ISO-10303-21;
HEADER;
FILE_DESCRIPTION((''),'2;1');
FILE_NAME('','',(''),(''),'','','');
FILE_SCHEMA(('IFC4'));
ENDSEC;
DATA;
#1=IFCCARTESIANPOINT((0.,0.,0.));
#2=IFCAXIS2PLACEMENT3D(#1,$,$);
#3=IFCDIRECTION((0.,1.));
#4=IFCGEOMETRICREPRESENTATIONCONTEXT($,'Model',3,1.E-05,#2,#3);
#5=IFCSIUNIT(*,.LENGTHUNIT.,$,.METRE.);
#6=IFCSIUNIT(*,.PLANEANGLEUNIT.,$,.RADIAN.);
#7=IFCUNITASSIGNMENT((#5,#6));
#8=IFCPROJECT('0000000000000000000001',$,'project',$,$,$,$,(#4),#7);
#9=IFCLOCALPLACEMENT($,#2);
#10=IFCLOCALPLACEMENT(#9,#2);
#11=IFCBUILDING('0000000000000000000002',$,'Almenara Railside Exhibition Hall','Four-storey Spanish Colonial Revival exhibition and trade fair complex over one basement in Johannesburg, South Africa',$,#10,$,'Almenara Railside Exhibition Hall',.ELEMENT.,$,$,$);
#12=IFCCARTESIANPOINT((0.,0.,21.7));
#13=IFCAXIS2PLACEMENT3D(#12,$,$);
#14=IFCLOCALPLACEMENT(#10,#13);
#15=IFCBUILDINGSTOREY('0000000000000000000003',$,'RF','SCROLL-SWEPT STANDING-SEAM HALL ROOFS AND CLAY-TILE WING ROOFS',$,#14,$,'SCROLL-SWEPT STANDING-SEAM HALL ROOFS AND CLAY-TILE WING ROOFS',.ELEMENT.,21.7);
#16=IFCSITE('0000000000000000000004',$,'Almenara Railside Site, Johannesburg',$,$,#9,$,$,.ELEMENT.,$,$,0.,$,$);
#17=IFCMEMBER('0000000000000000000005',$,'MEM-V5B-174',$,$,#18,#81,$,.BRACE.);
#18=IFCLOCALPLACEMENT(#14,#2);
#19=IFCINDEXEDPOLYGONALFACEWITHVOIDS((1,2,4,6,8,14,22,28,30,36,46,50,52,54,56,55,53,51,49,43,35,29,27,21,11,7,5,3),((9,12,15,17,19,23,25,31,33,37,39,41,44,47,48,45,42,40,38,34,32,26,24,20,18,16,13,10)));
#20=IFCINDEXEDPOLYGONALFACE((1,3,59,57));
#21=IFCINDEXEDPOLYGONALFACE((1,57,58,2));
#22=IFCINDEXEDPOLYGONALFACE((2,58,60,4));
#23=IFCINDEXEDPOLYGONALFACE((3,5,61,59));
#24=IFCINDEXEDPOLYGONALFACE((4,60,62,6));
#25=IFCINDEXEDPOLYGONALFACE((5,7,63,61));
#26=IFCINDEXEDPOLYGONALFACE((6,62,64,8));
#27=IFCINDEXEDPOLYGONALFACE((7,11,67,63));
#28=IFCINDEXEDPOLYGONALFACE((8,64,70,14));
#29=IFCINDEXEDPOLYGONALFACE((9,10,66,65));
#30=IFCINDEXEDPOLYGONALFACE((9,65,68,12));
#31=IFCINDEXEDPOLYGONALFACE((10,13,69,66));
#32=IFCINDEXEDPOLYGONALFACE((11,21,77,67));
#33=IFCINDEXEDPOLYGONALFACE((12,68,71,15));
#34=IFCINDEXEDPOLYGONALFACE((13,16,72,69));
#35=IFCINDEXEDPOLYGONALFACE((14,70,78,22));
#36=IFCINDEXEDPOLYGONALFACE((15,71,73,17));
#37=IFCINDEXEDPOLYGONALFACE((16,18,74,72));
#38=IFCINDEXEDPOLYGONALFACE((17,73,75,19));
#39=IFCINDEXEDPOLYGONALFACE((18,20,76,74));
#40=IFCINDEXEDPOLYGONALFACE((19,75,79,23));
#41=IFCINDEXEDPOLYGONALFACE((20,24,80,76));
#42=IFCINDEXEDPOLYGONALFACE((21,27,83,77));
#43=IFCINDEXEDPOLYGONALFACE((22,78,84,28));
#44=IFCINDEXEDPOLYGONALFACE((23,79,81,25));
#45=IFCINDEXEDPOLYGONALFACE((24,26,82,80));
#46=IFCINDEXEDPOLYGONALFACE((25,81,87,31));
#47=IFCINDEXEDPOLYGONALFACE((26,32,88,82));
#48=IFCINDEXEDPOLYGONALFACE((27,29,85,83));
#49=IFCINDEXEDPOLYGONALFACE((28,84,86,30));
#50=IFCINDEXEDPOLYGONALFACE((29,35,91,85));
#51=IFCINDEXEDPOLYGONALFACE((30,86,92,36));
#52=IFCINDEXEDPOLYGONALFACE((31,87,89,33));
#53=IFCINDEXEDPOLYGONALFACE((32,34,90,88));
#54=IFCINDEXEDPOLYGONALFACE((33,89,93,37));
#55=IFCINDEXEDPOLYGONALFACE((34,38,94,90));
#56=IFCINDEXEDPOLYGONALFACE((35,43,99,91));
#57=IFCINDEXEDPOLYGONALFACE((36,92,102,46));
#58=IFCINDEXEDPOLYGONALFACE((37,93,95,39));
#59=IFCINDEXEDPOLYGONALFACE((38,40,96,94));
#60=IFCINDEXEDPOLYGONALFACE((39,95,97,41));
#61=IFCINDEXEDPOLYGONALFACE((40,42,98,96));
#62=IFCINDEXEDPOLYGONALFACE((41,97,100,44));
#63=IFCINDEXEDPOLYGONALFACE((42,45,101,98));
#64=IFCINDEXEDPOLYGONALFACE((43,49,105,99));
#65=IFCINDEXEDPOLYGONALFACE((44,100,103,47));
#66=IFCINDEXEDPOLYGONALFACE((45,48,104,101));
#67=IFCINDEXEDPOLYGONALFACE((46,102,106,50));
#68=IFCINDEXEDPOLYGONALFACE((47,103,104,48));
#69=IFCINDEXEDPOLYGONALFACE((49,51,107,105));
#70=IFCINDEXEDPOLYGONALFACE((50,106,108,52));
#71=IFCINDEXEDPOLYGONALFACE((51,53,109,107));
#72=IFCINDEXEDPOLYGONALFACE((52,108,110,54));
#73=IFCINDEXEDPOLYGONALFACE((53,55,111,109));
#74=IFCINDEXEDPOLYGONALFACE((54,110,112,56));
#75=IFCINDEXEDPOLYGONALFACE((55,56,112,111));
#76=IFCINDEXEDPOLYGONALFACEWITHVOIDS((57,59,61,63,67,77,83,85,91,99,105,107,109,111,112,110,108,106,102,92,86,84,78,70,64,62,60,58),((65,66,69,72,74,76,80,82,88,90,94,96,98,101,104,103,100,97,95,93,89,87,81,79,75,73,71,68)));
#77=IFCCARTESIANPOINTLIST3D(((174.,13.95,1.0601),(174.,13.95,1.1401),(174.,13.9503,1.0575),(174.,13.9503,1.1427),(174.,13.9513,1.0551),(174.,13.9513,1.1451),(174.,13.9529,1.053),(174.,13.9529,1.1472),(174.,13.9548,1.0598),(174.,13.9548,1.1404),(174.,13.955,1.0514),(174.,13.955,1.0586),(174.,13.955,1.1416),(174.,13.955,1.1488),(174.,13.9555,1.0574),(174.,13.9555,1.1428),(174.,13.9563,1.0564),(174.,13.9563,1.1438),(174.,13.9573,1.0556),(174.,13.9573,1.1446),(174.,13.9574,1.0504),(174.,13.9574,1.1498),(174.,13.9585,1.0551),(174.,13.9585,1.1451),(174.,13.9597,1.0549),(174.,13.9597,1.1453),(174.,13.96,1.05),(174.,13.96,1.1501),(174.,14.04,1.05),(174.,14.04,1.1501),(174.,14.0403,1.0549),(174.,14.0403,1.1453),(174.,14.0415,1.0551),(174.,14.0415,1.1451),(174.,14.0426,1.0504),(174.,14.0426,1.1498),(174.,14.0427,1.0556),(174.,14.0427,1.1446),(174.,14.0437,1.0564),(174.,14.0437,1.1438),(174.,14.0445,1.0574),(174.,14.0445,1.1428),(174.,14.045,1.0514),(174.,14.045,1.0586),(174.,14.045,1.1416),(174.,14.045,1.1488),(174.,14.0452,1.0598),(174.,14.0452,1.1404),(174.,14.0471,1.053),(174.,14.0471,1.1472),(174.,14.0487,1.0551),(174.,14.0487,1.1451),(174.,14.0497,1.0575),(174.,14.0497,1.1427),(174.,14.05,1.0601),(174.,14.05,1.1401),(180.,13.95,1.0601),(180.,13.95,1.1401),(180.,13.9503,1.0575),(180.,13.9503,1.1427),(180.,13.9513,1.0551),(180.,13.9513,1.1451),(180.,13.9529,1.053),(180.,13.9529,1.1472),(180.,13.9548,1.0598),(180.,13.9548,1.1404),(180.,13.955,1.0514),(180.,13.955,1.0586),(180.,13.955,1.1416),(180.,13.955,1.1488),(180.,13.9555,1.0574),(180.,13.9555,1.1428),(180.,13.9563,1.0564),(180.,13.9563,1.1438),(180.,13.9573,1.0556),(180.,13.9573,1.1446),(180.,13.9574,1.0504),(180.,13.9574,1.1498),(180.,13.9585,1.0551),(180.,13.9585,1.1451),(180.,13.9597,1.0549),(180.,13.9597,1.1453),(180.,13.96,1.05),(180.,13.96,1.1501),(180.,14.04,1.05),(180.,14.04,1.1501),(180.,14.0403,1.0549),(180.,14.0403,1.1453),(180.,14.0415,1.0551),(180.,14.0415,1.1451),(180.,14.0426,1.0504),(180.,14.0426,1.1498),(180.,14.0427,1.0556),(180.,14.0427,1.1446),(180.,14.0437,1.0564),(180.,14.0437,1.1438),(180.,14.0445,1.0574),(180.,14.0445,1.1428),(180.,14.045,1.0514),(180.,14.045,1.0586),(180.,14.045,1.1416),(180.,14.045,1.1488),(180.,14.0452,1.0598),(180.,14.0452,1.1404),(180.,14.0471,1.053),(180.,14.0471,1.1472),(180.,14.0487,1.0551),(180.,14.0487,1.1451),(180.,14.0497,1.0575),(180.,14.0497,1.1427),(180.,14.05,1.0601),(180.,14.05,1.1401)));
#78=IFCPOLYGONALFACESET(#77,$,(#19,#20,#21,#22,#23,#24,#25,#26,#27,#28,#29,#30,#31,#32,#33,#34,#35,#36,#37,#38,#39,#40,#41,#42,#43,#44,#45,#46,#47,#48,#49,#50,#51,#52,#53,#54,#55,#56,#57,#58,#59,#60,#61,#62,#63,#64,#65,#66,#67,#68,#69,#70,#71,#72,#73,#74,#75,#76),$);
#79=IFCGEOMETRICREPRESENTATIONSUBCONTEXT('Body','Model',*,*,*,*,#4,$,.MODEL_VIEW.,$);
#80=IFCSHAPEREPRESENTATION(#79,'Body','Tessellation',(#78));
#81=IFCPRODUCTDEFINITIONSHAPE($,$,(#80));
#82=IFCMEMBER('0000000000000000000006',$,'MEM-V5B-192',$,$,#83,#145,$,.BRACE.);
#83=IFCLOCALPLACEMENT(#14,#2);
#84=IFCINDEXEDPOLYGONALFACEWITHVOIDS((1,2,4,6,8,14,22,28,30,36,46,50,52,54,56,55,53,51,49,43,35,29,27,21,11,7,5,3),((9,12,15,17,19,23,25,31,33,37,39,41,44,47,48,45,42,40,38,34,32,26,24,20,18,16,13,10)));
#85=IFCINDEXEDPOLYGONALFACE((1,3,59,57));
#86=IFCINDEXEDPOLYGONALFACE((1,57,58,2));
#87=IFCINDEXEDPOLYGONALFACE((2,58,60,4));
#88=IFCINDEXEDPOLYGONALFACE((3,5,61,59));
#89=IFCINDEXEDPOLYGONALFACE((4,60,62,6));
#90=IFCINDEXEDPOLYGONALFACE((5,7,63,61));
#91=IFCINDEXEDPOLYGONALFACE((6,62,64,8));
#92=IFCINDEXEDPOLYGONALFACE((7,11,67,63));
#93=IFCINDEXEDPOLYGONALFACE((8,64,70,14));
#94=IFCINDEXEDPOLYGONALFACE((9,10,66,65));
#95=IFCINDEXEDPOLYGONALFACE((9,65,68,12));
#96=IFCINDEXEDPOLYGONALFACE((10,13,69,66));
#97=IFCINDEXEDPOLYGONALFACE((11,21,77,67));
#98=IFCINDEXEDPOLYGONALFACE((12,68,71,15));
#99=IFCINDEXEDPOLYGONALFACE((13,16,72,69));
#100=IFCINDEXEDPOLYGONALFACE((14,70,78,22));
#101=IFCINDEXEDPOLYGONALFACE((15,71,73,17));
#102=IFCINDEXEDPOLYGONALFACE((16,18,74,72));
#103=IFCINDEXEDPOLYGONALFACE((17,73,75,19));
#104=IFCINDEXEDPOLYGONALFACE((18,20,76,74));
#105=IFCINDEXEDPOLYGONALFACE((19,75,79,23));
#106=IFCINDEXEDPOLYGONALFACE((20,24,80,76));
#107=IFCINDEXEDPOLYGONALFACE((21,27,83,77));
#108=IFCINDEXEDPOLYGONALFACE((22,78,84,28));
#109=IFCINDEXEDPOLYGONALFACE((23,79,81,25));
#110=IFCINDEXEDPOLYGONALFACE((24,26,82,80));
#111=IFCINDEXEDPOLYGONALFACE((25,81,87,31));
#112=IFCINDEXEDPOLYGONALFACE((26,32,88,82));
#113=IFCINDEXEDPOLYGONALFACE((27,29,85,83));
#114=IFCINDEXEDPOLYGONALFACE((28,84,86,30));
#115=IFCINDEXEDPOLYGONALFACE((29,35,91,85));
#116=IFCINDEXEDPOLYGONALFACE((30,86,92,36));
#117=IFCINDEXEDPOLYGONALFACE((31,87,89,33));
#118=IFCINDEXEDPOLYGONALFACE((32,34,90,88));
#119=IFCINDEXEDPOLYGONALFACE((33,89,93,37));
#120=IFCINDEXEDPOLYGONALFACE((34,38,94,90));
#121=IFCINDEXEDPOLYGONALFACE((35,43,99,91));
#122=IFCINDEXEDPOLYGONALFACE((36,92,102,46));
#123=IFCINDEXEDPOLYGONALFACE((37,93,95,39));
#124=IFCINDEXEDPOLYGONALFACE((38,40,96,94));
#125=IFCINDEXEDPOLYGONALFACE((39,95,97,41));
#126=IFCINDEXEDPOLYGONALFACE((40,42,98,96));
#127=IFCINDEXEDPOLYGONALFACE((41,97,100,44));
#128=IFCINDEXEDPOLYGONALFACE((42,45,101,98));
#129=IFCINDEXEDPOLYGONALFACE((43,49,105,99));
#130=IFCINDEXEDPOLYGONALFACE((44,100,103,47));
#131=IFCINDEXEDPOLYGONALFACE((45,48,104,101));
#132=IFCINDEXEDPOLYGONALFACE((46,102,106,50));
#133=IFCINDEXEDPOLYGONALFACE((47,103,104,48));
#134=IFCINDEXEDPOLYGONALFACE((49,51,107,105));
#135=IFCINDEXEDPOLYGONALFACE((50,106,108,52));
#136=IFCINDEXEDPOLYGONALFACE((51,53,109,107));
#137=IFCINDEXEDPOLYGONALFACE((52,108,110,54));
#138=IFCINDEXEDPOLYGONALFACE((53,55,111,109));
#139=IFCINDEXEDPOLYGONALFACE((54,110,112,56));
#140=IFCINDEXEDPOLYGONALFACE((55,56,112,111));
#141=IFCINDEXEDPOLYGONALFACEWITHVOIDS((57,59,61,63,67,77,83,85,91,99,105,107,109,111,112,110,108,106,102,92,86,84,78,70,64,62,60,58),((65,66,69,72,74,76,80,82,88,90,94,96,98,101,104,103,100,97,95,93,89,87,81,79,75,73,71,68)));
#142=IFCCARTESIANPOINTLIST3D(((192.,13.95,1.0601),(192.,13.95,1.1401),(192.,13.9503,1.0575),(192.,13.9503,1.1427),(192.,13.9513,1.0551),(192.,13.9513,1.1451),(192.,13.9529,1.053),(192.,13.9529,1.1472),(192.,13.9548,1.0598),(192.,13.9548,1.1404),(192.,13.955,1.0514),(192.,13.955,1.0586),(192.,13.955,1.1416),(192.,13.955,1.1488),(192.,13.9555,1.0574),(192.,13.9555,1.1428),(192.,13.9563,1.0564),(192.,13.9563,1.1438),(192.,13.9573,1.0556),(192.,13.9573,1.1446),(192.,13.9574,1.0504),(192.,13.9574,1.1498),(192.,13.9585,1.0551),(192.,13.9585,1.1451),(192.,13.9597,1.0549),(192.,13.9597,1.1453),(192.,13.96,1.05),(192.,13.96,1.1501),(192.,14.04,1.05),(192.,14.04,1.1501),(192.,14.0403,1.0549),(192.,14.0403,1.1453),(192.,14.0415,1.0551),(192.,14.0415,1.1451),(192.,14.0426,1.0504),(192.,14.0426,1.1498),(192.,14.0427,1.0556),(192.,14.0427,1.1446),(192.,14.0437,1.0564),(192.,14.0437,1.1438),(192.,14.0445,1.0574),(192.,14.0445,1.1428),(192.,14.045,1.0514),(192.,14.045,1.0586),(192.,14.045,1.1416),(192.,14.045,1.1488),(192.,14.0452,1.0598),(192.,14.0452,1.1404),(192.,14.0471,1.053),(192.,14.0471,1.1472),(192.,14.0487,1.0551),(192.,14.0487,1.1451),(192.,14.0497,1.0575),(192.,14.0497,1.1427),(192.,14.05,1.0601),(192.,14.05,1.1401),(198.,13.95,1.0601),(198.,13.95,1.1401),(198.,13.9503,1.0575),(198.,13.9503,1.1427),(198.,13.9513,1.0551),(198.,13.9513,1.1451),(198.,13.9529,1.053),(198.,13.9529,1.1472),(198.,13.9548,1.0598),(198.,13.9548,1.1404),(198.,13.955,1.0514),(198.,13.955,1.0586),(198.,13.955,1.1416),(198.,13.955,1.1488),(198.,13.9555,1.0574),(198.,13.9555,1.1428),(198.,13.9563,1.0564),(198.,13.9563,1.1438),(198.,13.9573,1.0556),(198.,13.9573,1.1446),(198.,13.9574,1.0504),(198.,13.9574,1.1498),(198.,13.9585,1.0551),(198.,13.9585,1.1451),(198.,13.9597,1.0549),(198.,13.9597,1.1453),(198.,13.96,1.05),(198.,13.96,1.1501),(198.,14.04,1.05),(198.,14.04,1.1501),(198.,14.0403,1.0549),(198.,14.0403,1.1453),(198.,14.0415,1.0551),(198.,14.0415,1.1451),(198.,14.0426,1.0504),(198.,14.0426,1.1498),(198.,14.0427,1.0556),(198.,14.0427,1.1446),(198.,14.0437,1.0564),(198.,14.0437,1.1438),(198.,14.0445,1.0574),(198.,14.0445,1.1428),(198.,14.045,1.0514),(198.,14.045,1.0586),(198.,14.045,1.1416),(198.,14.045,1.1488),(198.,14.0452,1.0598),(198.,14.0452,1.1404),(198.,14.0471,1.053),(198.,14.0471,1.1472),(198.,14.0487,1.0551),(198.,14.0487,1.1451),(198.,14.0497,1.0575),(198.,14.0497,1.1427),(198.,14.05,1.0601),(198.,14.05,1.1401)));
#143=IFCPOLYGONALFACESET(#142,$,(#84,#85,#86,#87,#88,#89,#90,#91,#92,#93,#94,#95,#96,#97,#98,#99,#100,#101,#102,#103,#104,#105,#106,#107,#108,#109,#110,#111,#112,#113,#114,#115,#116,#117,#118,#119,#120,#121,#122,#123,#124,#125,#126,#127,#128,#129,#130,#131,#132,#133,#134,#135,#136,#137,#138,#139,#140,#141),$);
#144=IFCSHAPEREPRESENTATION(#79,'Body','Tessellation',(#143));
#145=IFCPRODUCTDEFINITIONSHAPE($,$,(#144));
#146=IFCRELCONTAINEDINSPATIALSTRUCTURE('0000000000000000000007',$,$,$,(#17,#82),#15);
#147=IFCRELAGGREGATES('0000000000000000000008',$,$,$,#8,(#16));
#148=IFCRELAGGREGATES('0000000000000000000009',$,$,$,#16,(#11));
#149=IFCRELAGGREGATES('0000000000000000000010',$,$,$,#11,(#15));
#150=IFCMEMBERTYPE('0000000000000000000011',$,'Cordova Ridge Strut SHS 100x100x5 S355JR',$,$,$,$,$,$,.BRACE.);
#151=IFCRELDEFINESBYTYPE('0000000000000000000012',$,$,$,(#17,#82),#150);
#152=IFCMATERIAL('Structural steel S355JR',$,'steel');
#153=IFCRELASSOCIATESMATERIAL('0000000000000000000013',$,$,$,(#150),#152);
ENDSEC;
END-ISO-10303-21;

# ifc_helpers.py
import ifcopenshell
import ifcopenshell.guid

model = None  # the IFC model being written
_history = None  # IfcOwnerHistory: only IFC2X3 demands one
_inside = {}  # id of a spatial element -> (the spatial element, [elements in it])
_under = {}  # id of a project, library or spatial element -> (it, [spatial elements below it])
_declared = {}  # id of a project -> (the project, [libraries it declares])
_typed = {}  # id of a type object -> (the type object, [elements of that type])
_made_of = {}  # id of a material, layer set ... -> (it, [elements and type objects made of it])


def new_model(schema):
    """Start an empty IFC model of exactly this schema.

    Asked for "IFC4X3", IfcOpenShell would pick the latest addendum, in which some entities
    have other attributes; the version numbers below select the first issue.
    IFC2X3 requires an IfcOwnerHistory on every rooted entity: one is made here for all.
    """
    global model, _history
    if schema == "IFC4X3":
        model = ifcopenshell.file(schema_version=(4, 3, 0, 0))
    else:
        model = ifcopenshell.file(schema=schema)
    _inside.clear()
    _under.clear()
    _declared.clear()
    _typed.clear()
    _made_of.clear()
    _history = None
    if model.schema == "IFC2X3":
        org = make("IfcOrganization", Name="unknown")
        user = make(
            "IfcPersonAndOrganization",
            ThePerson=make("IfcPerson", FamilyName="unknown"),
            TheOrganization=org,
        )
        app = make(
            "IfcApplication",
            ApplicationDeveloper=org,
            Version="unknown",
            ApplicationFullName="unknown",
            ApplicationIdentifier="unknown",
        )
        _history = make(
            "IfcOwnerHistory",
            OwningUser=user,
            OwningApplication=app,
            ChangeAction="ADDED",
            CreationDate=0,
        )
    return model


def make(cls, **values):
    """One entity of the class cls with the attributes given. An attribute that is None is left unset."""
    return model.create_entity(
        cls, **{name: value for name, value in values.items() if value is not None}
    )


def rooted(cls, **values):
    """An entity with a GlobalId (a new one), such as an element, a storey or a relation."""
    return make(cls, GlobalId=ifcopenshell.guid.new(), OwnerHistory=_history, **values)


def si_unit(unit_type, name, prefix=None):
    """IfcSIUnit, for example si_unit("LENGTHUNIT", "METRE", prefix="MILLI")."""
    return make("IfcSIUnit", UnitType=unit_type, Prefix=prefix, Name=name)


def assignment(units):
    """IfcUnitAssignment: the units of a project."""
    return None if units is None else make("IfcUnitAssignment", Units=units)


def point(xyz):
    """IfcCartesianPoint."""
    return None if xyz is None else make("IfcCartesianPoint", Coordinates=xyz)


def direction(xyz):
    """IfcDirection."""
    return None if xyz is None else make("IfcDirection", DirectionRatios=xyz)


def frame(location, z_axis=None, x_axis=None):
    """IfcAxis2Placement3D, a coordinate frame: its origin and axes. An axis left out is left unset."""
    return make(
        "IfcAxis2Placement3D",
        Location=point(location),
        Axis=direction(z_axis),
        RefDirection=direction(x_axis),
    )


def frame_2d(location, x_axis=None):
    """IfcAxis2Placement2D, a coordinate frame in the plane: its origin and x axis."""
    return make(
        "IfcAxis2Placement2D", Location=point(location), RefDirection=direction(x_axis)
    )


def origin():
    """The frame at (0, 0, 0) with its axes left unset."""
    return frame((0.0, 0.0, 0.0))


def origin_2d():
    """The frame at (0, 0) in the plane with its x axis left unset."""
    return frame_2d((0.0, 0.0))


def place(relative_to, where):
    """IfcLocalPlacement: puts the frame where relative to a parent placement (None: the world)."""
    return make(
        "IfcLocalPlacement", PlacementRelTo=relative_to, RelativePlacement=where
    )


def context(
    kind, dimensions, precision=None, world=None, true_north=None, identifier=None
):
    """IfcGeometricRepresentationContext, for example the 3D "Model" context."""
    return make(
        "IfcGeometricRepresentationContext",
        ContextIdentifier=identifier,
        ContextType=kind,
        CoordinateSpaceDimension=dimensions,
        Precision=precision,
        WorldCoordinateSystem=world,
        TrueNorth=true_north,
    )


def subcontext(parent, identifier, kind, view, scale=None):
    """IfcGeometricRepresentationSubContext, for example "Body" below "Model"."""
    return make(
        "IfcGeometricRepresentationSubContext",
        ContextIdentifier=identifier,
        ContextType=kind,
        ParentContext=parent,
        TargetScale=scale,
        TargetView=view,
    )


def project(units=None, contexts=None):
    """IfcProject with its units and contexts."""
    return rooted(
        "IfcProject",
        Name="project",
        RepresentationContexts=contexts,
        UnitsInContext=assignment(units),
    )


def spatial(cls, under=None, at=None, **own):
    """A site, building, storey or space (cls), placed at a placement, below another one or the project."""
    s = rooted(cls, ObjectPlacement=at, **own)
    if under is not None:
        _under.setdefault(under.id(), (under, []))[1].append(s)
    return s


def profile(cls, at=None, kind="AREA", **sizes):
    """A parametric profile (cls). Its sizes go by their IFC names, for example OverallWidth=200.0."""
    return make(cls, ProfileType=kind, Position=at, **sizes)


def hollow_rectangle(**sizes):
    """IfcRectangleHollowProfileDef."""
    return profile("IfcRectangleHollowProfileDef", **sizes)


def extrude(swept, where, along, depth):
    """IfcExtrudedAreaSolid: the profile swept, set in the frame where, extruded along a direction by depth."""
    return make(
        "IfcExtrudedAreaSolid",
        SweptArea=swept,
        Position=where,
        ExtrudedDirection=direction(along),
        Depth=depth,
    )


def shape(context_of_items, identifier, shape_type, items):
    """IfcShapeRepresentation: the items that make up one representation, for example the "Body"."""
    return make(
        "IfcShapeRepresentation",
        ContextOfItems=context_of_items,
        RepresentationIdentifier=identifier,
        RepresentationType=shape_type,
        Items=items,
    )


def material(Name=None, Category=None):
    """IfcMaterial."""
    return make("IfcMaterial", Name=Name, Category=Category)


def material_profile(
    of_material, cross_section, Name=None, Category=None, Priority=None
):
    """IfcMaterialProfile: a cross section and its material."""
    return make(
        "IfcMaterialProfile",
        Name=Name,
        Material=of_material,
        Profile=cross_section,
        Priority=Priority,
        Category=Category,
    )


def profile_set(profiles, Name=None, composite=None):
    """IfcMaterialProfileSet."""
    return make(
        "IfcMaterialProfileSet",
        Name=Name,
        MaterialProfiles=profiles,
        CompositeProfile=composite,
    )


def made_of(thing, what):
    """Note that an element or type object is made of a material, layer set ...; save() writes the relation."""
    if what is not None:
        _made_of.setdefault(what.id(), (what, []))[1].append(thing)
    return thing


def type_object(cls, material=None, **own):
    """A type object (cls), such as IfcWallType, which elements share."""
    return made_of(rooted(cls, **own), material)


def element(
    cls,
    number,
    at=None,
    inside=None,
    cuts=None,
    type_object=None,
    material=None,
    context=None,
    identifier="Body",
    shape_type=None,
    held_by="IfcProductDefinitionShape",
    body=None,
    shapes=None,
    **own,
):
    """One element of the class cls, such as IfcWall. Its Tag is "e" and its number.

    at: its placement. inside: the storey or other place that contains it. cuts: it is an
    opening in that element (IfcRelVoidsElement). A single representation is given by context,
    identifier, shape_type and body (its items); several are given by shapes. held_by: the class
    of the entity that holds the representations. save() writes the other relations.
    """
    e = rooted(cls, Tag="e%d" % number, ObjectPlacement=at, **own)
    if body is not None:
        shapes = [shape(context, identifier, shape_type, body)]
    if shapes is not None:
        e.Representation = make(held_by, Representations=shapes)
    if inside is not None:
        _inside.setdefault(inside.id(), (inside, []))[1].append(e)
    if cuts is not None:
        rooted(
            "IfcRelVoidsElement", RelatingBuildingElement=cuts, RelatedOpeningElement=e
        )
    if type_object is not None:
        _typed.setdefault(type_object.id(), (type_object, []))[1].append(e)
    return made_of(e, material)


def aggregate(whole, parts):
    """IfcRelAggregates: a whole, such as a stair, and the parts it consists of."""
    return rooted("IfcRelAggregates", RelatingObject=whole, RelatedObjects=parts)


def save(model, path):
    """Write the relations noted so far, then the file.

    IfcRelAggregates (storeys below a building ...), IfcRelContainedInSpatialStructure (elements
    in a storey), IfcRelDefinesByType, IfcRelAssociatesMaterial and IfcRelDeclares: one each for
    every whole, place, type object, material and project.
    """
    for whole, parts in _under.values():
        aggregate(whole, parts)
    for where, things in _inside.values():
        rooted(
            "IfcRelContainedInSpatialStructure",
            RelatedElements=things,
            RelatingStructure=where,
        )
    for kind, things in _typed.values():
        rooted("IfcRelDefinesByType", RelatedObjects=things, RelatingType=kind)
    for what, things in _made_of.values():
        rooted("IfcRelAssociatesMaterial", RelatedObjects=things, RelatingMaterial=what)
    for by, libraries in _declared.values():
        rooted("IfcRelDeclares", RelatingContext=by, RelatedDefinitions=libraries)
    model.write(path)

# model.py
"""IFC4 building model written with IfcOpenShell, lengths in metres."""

from ifc_helpers import new_model, si_unit, direction, frame, origin, origin_2d, place, context, subcontext, project, spatial, hollow_rectangle, extrude, material, material_profile, profile_set, type_object, element, save


model = new_model("IFC4")

# Units and contexts
model_context = context("Model", 3, precision=1e-05, world=origin(), true_north=direction((0.0, 1.0)))
body_context = subcontext(model_context, "Body", "Model", "MODEL_VIEW")
ifc_project = project(units=[si_unit("LENGTHUNIT", "METRE"), si_unit("PLANEANGLEUNIT", "RADIAN")], contexts=[model_context])

# Site, building, storey
site_placement = place(None, origin())
site = spatial("IfcSite", under=ifc_project, at=site_placement, Name="Almenara Railside Site, Johannesburg", CompositionType="ELEMENT", RefElevation=0.0)
building_placement = place(site_placement, origin())
building = spatial("IfcBuilding", under=site, at=building_placement, Name="Almenara Railside Exhibition Hall", Description="Four-storey Spanish Colonial Revival exhibition and trade fair complex over one basement in Johannesburg, South Africa", LongName="Almenara Railside Exhibition Hall", CompositionType="ELEMENT")
storey_placement = place(building_placement, frame((0.0, 0.0, 21.7)))
storey = spatial("IfcBuildingStorey", under=building, at=storey_placement, Name="RF", Description="SCROLL-SWEPT STANDING-SEAM HALL ROOFS AND CLAY-TILE WING ROOFS", LongName="SCROLL-SWEPT STANDING-SEAM HALL ROOFS AND CLAY-TILE WING ROOFS", CompositionType="ELEMENT", Elevation=21.7)

# Members
ifc_material_1 = material(Name="Structural steel S355JR", Category="steel")
ifc_material_profile_1 = material_profile(ifc_material_1, hollow_rectangle(XDim=0.1001, YDim=0.1001, WallThickness=0.0049, InnerFilletRadius=0.0049, OuterFilletRadius=0.01, at=origin_2d()), Name="SHS 100x100x5")
ifc_profile_set_1 = profile_set([ifc_material_profile_1], Name="Structural steel S355JR")
member_type_1 = type_object("IfcMemberType", Name="Cordova Ridge Strut SHS 100x100x5 S355JR", PredefinedType="BRACE", material=ifc_profile_set_1)
for number, where, z_axis, x_axis, name in (
    (1, (174.0, 14.0, 1.1001), (1.0, 0.0, 0.0), (0.0, 1.0, 0.0), "MEM-V5B-174"),
    (2, (192.0, 14.0, 1.1001), (1.0, 0.0, 0.0), (0.0, 1.0, 0.0), "MEM-V5B-192"),
):
    element("IfcMember", number, at=place(storey_placement, frame(where, z_axis=z_axis, x_axis=x_axis)), inside=storey, type_object=member_type_1, Name=name, PredefinedType="BRACE", context=body_context, shape_type="SweptSolid", body=[
        extrude(hollow_rectangle(XDim=0.1001, YDim=0.1001, WallThickness=0.0049, InnerFilletRadius=0.0049, OuterFilletRadius=0.01, at=origin_2d()), origin(), (0.0, 0.0, 1.0), 6.0),
    ])

save(model, "model.ifc")
